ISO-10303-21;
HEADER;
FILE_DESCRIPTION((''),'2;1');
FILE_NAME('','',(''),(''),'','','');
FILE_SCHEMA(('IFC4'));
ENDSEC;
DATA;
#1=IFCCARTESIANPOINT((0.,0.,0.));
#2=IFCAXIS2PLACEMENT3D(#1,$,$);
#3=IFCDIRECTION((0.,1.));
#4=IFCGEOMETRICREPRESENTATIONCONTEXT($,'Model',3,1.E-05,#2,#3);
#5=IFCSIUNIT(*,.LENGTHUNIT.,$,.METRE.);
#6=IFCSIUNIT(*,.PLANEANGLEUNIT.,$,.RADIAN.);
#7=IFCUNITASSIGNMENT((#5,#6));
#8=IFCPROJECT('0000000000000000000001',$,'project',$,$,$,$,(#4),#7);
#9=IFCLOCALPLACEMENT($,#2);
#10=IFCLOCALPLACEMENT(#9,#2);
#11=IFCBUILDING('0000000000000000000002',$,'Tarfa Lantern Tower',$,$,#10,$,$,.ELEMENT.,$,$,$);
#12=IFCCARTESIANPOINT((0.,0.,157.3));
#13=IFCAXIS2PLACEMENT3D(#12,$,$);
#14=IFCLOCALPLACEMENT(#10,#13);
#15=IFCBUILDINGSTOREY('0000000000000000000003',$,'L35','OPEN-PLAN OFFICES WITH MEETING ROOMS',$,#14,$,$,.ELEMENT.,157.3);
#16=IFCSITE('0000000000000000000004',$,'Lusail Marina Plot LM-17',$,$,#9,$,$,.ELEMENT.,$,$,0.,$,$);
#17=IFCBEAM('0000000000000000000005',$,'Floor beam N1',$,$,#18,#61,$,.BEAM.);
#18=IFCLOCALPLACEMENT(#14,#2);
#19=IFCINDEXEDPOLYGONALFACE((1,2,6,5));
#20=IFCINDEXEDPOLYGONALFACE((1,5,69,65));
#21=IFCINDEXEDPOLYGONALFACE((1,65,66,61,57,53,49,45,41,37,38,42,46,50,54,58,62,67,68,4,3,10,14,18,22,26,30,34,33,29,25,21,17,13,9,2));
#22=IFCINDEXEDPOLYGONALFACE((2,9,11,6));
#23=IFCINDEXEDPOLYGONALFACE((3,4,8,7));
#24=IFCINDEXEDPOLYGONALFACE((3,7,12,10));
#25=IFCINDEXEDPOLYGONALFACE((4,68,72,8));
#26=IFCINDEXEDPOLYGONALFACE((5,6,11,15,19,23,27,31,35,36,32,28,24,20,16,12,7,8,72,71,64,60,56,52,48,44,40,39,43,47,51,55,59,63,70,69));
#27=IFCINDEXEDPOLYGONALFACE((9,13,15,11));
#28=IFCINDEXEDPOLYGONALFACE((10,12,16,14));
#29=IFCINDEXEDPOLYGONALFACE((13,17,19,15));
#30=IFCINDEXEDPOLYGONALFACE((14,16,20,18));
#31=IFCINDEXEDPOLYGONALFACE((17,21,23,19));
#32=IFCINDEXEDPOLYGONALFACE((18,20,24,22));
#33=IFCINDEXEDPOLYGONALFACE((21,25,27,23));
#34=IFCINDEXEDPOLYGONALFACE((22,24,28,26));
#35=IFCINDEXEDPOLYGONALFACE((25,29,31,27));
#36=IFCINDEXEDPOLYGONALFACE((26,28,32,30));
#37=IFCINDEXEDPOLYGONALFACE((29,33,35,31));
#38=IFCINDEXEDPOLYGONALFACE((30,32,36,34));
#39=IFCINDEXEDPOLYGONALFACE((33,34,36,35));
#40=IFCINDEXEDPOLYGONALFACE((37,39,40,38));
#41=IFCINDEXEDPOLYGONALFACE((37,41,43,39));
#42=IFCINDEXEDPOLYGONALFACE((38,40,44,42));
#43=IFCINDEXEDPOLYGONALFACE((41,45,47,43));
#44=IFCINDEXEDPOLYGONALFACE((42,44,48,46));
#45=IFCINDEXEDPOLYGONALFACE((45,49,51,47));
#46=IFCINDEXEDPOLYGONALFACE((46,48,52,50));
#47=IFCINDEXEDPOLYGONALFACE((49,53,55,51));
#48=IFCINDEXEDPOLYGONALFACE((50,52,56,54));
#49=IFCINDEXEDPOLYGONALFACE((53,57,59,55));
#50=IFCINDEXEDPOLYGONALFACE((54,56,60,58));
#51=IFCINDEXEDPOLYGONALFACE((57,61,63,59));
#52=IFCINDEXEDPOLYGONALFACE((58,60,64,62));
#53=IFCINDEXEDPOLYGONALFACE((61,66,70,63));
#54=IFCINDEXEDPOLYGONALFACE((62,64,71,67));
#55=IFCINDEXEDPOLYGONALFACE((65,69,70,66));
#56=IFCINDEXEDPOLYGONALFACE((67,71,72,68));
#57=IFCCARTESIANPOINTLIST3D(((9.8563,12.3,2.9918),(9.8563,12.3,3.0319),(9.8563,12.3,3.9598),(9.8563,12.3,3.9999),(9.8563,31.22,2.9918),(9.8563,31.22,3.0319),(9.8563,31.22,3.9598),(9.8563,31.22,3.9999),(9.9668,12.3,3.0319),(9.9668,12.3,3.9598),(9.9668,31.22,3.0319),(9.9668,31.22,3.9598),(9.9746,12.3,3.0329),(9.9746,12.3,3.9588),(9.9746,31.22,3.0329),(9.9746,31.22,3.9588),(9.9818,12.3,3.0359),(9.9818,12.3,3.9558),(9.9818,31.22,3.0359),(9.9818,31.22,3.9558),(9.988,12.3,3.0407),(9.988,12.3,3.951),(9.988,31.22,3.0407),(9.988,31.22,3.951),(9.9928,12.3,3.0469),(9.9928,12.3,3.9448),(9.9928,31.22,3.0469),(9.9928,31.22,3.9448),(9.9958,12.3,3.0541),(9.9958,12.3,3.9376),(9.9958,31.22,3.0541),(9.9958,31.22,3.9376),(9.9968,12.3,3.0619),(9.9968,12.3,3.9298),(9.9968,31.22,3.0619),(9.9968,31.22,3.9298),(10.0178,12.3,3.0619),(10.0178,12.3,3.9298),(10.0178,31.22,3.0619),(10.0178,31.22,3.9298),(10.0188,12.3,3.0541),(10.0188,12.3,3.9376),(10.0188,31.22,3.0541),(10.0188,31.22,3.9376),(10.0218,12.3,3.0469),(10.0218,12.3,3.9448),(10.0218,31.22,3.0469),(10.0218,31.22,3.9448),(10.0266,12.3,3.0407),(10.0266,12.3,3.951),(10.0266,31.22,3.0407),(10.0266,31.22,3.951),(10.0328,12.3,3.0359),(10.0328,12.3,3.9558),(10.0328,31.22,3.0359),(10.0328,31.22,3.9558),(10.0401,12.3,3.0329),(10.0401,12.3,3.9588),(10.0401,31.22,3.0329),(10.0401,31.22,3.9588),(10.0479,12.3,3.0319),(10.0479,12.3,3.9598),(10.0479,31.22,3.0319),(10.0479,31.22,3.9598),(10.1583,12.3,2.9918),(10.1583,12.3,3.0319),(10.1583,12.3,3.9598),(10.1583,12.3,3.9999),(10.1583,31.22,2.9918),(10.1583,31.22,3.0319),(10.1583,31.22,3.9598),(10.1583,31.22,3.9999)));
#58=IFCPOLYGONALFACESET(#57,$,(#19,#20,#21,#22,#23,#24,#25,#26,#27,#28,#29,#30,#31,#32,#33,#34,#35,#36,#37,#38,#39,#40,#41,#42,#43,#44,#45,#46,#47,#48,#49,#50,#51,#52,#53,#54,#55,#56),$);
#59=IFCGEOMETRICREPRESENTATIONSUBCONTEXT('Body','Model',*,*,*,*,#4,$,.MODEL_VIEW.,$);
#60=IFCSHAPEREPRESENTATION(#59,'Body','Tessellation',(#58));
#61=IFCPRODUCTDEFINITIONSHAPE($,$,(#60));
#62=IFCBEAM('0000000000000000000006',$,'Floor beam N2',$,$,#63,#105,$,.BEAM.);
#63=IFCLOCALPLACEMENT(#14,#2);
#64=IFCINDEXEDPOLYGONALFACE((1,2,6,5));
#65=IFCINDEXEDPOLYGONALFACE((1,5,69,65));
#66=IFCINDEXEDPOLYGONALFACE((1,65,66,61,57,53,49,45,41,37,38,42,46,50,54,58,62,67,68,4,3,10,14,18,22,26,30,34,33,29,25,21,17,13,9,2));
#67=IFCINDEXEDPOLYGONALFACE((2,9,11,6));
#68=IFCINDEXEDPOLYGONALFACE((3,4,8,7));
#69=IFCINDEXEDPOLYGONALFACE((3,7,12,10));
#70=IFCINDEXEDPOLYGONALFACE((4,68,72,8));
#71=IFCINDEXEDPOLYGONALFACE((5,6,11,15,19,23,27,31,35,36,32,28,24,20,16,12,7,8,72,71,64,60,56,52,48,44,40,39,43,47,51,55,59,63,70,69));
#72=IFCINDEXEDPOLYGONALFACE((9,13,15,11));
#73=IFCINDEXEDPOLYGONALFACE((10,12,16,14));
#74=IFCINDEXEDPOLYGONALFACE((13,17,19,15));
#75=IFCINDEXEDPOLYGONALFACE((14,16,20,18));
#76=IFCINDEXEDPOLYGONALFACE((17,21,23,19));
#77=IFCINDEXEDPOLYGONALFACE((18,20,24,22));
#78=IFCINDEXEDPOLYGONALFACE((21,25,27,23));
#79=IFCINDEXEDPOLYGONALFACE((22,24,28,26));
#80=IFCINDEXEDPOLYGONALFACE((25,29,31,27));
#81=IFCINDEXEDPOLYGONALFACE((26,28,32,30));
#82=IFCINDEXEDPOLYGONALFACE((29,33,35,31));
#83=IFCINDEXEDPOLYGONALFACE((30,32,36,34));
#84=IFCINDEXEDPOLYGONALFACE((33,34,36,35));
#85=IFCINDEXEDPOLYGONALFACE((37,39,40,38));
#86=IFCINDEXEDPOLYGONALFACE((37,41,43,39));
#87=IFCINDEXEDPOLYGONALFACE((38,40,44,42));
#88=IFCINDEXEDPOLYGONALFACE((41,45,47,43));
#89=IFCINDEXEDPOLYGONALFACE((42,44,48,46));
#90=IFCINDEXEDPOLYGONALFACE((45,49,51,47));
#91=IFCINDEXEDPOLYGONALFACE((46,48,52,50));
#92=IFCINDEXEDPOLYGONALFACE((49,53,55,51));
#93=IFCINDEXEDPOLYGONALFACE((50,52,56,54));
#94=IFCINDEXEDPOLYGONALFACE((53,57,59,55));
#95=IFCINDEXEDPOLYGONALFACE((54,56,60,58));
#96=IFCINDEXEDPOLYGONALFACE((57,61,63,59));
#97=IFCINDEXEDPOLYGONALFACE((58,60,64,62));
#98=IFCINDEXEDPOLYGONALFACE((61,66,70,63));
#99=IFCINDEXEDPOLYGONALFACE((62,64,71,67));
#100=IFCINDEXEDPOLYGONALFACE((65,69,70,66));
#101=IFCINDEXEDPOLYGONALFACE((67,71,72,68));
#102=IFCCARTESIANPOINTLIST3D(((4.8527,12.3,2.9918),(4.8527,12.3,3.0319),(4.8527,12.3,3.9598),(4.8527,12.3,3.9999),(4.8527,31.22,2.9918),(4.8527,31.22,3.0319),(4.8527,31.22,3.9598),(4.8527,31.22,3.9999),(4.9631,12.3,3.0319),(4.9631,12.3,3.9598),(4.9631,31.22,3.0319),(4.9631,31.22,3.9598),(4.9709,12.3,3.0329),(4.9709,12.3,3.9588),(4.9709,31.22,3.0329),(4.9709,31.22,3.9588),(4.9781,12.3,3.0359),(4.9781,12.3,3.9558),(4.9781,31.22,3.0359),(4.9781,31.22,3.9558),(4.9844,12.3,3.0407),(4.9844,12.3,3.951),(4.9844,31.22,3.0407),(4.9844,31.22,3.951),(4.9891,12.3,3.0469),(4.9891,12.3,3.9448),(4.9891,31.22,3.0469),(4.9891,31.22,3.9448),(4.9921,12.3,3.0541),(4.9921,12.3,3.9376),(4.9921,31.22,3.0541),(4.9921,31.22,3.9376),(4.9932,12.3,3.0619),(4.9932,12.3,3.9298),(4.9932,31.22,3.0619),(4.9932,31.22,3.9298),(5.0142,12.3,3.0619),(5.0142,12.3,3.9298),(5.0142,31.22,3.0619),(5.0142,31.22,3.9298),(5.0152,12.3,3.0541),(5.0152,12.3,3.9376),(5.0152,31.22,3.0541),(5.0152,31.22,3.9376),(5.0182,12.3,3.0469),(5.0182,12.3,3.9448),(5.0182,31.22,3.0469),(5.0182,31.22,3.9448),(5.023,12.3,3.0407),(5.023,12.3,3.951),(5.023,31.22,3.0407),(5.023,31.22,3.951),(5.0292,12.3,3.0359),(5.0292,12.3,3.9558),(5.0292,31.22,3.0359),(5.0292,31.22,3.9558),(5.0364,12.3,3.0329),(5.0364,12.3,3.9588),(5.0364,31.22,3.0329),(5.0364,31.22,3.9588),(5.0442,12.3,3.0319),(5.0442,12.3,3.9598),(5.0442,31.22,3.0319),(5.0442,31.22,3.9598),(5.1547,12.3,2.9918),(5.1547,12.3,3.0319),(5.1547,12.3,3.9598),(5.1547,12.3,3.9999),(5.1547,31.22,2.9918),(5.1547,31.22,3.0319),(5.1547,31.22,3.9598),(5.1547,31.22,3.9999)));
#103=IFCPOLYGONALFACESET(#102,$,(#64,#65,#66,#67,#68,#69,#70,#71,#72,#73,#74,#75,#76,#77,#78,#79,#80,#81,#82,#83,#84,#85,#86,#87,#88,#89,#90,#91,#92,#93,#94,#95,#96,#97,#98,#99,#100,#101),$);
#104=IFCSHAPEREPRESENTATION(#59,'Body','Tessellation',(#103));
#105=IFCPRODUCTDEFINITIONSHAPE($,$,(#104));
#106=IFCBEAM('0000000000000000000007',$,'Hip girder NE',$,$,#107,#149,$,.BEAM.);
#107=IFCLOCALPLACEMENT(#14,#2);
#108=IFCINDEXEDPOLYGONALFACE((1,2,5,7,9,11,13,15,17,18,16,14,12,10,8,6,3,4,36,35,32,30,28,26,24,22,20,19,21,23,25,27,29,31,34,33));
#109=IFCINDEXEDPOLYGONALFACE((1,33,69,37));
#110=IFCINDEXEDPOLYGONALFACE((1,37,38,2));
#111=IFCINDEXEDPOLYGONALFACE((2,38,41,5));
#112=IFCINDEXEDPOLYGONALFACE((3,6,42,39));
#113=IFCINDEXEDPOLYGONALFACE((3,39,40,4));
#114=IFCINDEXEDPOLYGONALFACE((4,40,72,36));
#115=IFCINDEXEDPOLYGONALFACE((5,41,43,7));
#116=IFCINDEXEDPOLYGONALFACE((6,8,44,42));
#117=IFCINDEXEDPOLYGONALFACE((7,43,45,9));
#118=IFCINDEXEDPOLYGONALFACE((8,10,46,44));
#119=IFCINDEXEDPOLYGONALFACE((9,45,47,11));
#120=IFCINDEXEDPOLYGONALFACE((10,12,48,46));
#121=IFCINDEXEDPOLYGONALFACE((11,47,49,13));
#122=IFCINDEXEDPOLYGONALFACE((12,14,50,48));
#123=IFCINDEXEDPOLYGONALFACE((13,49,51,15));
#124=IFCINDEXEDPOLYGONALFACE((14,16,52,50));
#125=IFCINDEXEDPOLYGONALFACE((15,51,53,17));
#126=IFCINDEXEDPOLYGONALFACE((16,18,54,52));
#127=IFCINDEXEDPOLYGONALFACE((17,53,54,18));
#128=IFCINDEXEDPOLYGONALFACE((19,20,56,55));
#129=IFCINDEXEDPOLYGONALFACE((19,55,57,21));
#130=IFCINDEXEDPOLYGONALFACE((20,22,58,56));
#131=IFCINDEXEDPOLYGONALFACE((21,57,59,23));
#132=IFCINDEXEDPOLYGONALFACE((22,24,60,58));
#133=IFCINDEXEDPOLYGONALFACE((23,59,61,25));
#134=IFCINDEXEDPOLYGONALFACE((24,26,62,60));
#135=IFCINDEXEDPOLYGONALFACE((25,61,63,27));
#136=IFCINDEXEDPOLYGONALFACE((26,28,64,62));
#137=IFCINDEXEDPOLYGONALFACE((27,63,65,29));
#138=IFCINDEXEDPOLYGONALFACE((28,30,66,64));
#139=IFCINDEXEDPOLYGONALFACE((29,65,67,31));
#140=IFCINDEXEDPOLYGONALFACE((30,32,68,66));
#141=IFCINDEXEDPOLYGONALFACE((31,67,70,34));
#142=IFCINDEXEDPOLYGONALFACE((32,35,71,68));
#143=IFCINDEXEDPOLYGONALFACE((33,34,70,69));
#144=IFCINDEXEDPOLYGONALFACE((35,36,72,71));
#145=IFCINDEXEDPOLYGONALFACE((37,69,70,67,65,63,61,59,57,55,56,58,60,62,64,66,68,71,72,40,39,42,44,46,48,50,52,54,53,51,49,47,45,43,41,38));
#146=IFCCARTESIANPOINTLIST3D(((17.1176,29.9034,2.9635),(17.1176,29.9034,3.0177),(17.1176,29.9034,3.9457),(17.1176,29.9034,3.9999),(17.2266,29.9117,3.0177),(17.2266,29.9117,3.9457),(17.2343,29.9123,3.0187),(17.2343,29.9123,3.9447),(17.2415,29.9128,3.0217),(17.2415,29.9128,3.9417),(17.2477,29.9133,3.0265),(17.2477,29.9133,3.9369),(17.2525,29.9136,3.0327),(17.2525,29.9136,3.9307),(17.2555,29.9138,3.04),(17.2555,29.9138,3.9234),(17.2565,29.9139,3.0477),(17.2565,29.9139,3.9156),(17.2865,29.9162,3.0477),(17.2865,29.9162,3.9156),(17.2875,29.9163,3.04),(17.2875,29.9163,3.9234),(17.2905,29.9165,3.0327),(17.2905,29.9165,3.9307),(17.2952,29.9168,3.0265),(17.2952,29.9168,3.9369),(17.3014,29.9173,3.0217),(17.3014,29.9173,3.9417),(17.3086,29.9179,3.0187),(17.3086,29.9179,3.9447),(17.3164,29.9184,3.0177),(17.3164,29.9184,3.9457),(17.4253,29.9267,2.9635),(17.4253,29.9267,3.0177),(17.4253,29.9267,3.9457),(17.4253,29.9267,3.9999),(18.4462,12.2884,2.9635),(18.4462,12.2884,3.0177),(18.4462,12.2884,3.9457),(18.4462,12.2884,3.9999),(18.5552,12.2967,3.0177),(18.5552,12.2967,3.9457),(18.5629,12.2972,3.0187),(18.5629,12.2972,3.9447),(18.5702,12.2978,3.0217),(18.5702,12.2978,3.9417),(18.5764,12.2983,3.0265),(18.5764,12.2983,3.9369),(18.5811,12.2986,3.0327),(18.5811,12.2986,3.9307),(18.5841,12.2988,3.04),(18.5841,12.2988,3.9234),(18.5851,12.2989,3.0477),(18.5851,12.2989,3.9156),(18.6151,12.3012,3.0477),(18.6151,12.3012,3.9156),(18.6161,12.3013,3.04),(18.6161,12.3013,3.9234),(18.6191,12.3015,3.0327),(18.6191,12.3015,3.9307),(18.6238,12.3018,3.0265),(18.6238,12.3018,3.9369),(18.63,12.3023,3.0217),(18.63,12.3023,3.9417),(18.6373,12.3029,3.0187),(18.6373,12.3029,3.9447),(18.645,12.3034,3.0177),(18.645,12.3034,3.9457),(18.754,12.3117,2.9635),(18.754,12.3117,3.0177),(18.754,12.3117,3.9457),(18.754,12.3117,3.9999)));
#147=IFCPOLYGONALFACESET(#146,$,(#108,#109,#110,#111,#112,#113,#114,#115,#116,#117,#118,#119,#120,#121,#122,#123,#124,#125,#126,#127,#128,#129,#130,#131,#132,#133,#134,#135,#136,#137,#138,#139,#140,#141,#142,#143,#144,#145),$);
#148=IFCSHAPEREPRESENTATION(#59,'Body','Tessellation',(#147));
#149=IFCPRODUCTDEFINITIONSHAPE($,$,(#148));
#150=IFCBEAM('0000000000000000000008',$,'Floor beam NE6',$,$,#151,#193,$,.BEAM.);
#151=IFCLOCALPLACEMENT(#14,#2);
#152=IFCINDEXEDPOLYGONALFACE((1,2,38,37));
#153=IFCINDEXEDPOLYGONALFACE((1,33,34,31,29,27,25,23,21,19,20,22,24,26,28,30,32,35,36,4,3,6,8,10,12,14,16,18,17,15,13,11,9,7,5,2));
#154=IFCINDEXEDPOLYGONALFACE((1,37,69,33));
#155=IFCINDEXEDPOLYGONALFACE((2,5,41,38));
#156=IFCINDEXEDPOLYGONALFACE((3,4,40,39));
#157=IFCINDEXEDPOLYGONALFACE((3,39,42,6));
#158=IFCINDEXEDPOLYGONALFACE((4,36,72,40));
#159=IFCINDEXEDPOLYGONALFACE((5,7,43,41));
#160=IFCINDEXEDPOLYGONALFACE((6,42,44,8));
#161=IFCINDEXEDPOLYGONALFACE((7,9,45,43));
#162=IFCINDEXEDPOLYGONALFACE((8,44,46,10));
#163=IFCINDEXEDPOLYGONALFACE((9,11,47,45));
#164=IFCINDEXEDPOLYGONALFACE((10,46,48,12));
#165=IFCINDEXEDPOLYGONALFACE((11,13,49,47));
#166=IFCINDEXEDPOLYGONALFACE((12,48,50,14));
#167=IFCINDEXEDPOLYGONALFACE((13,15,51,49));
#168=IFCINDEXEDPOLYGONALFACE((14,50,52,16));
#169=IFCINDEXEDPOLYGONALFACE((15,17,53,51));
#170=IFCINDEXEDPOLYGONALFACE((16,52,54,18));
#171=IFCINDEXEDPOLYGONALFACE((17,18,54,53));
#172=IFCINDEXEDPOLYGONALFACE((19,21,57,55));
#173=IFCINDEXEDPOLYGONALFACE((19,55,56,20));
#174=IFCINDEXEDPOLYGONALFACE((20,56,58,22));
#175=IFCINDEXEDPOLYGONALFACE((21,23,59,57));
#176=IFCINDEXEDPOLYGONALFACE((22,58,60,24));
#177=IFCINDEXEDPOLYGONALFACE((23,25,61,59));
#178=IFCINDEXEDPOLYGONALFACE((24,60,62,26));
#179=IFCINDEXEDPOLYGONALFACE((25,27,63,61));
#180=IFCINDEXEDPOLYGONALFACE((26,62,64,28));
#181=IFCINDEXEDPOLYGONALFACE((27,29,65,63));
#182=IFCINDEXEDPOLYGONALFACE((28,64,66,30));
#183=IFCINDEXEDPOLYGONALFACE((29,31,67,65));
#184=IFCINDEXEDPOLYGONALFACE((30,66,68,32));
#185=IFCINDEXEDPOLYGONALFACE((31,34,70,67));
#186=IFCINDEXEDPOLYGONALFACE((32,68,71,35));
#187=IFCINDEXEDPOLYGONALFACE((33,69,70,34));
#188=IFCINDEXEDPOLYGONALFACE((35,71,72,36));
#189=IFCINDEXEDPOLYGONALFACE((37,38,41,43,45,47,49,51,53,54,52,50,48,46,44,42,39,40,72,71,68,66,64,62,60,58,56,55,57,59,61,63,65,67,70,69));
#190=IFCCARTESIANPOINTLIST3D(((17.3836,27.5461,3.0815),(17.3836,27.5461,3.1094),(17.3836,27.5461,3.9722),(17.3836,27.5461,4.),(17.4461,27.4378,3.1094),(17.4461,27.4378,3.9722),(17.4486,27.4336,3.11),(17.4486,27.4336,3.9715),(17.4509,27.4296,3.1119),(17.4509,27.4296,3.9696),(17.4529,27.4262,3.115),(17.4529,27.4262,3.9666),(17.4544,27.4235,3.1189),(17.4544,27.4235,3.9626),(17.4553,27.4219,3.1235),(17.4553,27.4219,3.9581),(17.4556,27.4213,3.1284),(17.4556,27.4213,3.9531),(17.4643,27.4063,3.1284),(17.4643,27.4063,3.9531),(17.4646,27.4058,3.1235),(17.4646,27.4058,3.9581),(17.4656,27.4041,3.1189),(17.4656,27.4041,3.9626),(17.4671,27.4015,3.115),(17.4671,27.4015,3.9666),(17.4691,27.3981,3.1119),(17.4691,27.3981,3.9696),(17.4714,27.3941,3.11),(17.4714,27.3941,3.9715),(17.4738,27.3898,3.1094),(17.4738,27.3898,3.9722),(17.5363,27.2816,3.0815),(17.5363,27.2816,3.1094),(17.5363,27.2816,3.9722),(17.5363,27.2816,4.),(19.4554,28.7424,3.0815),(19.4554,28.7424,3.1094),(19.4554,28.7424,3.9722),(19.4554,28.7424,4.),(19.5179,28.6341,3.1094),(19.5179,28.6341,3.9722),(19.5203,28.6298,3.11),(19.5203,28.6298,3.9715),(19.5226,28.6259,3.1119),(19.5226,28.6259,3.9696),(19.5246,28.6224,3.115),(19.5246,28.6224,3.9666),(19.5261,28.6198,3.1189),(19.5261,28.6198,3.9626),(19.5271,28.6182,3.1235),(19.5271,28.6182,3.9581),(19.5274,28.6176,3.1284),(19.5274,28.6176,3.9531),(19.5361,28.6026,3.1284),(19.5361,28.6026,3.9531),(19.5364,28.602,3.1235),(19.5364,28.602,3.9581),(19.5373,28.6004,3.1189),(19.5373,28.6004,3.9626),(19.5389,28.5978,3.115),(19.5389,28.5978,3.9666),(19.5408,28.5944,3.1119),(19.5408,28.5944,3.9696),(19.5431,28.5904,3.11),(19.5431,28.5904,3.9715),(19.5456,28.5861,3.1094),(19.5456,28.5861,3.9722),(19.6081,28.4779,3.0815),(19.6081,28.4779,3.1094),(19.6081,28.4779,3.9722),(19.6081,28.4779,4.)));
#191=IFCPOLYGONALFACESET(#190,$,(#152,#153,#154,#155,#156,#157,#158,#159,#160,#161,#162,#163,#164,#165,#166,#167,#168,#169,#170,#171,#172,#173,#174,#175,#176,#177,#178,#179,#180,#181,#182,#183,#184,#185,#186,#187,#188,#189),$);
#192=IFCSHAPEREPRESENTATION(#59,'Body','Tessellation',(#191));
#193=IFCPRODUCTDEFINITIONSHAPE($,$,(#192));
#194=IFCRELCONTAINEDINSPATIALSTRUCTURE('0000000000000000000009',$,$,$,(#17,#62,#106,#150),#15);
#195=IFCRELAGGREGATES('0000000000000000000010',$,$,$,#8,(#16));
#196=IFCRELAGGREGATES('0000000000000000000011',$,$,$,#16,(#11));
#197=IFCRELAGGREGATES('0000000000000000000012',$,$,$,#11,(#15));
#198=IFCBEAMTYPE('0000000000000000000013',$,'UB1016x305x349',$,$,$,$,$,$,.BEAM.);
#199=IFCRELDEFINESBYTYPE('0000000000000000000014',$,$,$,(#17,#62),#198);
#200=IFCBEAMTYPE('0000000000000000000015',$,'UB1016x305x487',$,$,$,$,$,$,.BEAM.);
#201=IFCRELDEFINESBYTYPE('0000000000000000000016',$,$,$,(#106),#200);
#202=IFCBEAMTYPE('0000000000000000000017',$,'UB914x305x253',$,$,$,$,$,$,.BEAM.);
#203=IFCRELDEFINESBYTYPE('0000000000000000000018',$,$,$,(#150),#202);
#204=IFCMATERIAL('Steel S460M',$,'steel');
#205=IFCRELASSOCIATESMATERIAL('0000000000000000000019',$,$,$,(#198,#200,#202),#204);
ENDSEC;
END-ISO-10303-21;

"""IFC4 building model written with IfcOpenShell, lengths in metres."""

from ifc_helpers import new_model, si_unit, direction, frame, origin, origin_2d, place, context, subcontext, project, spatial, i_section, extrude, material, material_profile, profile_set, type_object, element, save


model = new_model("IFC4")

# Units and contexts
model_context = context("Model", 3, precision=1e-05, world=origin(), true_north=direction((0.0, 1.0)))
body_context = subcontext(model_context, "Body", "Model", "MODEL_VIEW")
ifc_project = project(units=[si_unit("LENGTHUNIT", "METRE"), si_unit("PLANEANGLEUNIT", "RADIAN")], contexts=[model_context])

# Site, building, storey
site_placement = place(None, origin())
site = spatial("IfcSite", under=ifc_project, at=site_placement, Name="Lusail Marina Plot LM-17", CompositionType="ELEMENT", RefElevation=0.0)
building_placement = place(site_placement, origin())
building = spatial("IfcBuilding", under=site, at=building_placement, Name="Tarfa Lantern Tower", CompositionType="ELEMENT")
storey_placement = place(building_placement, frame((0.0, 0.0, 157.3)))
storey = spatial("IfcBuildingStorey", under=building, at=storey_placement, Name="L35", Description="OPEN-PLAN OFFICES WITH MEETING ROOMS", CompositionType="ELEMENT", Elevation=157.3)

# Beams
ifc_material_1 = material(Name="Steel S460M", Category="steel")
ifc_material_profile_1 = material_profile(ifc_material_1, i_section(OverallWidth=0.302, OverallDepth=1.0081, WebThickness=0.021, FlangeThickness=0.04, FilletRadius=0.03, at=origin_2d()), Name="UB1016x305x349")
ifc_profile_set_1 = profile_set([ifc_material_profile_1], Name="Steel S460M")
beam_type_1 = type_object("IfcBeamType", Name="UB1016x305x349", PredefinedType="BEAM", material=ifc_profile_set_1)
for number, where, z_axis, x_axis, name in (
    (1, (10.0073, 31.22, 3.4958), (0.0, -1.0, 0.0), (1.0, 0.0, 0.0), "Floor beam N1"),
    (2, (5.0037, 31.22, 3.4958), (0.0, -1.0, 0.0), (1.0, 0.0, 0.0), "Floor beam N2"),
):
    element("IfcBeam", number, at=place(storey_placement, frame(where, z_axis=z_axis, x_axis=x_axis)), inside=storey, type_object=beam_type_1, Name=name, PredefinedType="BEAM", context=body_context, shape_type="SweptSolid", body=[
        extrude(i_section(OverallWidth=0.302, OverallDepth=1.0081, WebThickness=0.021, FlangeThickness=0.04, FilletRadius=0.03, at=origin_2d()), origin(), (0.0, 0.0, 1.0), 18.9199),
    ])
ifc_material_profile_2 = material_profile(ifc_material_1, i_section(OverallWidth=0.3086, OverallDepth=1.0364, WebThickness=0.03, FlangeThickness=0.0542, FilletRadius=0.03, at=origin_2d()), Name="UB1016x305x487")
ifc_profile_set_2 = profile_set([ifc_material_profile_2], Name="Steel S460M")
beam_type_2 = type_object("IfcBeamType", Name="UB1016x305x487", PredefinedType="BEAM", material=ifc_profile_set_2)
beam_1_placement = place(storey_placement, frame((18.6001, 12.3, 3.4817), z_axis=(-0.075212, 0.997168, 0.0), x_axis=(-0.997168, -0.075212, 0.0)))
element("IfcBeam", 3, at=beam_1_placement, inside=storey, type_object=beam_type_2, Name="Hip girder NE", PredefinedType="BEAM", context=body_context, shape_type="SweptSolid", body=[
    extrude(i_section(OverallWidth=0.3086, OverallDepth=1.0364, WebThickness=0.03, FlangeThickness=0.0542, FilletRadius=0.03, at=origin_2d()), origin(), (0.0, 0.0, 1.0), 17.665),
])
ifc_material_profile_3 = material_profile(ifc_material_1, i_section(OverallWidth=0.3054, OverallDepth=0.9185, WebThickness=0.0173, FlangeThickness=0.0278, FilletRadius=0.019, at=origin_2d()), Name="UB914x305x253")
ifc_profile_set_3 = profile_set([ifc_material_profile_3], Name="Steel S460M")
beam_type_3 = type_object("IfcBeamType", Name="UB914x305x253", PredefinedType="BEAM", material=ifc_profile_set_3)
beam_2_placement = place(storey_placement, frame((19.5317, 28.6101, 3.5408), z_axis=(-0.865999, -0.500046, 0.0), x_axis=(0.500046, -0.865999, 0.0)))
element("IfcBeam", 4, at=beam_2_placement, inside=storey, type_object=beam_type_3, Name="Floor beam NE6", PredefinedType="BEAM", context=body_context, shape_type="SweptSolid", body=[
    extrude(i_section(OverallWidth=0.3054, OverallDepth=0.9185, WebThickness=0.0173, FlangeThickness=0.0278, FilletRadius=0.019, at=origin_2d()), origin(), (0.0, 0.0, 1.0), 2.3923),
])

save(model, "model.ifc")
